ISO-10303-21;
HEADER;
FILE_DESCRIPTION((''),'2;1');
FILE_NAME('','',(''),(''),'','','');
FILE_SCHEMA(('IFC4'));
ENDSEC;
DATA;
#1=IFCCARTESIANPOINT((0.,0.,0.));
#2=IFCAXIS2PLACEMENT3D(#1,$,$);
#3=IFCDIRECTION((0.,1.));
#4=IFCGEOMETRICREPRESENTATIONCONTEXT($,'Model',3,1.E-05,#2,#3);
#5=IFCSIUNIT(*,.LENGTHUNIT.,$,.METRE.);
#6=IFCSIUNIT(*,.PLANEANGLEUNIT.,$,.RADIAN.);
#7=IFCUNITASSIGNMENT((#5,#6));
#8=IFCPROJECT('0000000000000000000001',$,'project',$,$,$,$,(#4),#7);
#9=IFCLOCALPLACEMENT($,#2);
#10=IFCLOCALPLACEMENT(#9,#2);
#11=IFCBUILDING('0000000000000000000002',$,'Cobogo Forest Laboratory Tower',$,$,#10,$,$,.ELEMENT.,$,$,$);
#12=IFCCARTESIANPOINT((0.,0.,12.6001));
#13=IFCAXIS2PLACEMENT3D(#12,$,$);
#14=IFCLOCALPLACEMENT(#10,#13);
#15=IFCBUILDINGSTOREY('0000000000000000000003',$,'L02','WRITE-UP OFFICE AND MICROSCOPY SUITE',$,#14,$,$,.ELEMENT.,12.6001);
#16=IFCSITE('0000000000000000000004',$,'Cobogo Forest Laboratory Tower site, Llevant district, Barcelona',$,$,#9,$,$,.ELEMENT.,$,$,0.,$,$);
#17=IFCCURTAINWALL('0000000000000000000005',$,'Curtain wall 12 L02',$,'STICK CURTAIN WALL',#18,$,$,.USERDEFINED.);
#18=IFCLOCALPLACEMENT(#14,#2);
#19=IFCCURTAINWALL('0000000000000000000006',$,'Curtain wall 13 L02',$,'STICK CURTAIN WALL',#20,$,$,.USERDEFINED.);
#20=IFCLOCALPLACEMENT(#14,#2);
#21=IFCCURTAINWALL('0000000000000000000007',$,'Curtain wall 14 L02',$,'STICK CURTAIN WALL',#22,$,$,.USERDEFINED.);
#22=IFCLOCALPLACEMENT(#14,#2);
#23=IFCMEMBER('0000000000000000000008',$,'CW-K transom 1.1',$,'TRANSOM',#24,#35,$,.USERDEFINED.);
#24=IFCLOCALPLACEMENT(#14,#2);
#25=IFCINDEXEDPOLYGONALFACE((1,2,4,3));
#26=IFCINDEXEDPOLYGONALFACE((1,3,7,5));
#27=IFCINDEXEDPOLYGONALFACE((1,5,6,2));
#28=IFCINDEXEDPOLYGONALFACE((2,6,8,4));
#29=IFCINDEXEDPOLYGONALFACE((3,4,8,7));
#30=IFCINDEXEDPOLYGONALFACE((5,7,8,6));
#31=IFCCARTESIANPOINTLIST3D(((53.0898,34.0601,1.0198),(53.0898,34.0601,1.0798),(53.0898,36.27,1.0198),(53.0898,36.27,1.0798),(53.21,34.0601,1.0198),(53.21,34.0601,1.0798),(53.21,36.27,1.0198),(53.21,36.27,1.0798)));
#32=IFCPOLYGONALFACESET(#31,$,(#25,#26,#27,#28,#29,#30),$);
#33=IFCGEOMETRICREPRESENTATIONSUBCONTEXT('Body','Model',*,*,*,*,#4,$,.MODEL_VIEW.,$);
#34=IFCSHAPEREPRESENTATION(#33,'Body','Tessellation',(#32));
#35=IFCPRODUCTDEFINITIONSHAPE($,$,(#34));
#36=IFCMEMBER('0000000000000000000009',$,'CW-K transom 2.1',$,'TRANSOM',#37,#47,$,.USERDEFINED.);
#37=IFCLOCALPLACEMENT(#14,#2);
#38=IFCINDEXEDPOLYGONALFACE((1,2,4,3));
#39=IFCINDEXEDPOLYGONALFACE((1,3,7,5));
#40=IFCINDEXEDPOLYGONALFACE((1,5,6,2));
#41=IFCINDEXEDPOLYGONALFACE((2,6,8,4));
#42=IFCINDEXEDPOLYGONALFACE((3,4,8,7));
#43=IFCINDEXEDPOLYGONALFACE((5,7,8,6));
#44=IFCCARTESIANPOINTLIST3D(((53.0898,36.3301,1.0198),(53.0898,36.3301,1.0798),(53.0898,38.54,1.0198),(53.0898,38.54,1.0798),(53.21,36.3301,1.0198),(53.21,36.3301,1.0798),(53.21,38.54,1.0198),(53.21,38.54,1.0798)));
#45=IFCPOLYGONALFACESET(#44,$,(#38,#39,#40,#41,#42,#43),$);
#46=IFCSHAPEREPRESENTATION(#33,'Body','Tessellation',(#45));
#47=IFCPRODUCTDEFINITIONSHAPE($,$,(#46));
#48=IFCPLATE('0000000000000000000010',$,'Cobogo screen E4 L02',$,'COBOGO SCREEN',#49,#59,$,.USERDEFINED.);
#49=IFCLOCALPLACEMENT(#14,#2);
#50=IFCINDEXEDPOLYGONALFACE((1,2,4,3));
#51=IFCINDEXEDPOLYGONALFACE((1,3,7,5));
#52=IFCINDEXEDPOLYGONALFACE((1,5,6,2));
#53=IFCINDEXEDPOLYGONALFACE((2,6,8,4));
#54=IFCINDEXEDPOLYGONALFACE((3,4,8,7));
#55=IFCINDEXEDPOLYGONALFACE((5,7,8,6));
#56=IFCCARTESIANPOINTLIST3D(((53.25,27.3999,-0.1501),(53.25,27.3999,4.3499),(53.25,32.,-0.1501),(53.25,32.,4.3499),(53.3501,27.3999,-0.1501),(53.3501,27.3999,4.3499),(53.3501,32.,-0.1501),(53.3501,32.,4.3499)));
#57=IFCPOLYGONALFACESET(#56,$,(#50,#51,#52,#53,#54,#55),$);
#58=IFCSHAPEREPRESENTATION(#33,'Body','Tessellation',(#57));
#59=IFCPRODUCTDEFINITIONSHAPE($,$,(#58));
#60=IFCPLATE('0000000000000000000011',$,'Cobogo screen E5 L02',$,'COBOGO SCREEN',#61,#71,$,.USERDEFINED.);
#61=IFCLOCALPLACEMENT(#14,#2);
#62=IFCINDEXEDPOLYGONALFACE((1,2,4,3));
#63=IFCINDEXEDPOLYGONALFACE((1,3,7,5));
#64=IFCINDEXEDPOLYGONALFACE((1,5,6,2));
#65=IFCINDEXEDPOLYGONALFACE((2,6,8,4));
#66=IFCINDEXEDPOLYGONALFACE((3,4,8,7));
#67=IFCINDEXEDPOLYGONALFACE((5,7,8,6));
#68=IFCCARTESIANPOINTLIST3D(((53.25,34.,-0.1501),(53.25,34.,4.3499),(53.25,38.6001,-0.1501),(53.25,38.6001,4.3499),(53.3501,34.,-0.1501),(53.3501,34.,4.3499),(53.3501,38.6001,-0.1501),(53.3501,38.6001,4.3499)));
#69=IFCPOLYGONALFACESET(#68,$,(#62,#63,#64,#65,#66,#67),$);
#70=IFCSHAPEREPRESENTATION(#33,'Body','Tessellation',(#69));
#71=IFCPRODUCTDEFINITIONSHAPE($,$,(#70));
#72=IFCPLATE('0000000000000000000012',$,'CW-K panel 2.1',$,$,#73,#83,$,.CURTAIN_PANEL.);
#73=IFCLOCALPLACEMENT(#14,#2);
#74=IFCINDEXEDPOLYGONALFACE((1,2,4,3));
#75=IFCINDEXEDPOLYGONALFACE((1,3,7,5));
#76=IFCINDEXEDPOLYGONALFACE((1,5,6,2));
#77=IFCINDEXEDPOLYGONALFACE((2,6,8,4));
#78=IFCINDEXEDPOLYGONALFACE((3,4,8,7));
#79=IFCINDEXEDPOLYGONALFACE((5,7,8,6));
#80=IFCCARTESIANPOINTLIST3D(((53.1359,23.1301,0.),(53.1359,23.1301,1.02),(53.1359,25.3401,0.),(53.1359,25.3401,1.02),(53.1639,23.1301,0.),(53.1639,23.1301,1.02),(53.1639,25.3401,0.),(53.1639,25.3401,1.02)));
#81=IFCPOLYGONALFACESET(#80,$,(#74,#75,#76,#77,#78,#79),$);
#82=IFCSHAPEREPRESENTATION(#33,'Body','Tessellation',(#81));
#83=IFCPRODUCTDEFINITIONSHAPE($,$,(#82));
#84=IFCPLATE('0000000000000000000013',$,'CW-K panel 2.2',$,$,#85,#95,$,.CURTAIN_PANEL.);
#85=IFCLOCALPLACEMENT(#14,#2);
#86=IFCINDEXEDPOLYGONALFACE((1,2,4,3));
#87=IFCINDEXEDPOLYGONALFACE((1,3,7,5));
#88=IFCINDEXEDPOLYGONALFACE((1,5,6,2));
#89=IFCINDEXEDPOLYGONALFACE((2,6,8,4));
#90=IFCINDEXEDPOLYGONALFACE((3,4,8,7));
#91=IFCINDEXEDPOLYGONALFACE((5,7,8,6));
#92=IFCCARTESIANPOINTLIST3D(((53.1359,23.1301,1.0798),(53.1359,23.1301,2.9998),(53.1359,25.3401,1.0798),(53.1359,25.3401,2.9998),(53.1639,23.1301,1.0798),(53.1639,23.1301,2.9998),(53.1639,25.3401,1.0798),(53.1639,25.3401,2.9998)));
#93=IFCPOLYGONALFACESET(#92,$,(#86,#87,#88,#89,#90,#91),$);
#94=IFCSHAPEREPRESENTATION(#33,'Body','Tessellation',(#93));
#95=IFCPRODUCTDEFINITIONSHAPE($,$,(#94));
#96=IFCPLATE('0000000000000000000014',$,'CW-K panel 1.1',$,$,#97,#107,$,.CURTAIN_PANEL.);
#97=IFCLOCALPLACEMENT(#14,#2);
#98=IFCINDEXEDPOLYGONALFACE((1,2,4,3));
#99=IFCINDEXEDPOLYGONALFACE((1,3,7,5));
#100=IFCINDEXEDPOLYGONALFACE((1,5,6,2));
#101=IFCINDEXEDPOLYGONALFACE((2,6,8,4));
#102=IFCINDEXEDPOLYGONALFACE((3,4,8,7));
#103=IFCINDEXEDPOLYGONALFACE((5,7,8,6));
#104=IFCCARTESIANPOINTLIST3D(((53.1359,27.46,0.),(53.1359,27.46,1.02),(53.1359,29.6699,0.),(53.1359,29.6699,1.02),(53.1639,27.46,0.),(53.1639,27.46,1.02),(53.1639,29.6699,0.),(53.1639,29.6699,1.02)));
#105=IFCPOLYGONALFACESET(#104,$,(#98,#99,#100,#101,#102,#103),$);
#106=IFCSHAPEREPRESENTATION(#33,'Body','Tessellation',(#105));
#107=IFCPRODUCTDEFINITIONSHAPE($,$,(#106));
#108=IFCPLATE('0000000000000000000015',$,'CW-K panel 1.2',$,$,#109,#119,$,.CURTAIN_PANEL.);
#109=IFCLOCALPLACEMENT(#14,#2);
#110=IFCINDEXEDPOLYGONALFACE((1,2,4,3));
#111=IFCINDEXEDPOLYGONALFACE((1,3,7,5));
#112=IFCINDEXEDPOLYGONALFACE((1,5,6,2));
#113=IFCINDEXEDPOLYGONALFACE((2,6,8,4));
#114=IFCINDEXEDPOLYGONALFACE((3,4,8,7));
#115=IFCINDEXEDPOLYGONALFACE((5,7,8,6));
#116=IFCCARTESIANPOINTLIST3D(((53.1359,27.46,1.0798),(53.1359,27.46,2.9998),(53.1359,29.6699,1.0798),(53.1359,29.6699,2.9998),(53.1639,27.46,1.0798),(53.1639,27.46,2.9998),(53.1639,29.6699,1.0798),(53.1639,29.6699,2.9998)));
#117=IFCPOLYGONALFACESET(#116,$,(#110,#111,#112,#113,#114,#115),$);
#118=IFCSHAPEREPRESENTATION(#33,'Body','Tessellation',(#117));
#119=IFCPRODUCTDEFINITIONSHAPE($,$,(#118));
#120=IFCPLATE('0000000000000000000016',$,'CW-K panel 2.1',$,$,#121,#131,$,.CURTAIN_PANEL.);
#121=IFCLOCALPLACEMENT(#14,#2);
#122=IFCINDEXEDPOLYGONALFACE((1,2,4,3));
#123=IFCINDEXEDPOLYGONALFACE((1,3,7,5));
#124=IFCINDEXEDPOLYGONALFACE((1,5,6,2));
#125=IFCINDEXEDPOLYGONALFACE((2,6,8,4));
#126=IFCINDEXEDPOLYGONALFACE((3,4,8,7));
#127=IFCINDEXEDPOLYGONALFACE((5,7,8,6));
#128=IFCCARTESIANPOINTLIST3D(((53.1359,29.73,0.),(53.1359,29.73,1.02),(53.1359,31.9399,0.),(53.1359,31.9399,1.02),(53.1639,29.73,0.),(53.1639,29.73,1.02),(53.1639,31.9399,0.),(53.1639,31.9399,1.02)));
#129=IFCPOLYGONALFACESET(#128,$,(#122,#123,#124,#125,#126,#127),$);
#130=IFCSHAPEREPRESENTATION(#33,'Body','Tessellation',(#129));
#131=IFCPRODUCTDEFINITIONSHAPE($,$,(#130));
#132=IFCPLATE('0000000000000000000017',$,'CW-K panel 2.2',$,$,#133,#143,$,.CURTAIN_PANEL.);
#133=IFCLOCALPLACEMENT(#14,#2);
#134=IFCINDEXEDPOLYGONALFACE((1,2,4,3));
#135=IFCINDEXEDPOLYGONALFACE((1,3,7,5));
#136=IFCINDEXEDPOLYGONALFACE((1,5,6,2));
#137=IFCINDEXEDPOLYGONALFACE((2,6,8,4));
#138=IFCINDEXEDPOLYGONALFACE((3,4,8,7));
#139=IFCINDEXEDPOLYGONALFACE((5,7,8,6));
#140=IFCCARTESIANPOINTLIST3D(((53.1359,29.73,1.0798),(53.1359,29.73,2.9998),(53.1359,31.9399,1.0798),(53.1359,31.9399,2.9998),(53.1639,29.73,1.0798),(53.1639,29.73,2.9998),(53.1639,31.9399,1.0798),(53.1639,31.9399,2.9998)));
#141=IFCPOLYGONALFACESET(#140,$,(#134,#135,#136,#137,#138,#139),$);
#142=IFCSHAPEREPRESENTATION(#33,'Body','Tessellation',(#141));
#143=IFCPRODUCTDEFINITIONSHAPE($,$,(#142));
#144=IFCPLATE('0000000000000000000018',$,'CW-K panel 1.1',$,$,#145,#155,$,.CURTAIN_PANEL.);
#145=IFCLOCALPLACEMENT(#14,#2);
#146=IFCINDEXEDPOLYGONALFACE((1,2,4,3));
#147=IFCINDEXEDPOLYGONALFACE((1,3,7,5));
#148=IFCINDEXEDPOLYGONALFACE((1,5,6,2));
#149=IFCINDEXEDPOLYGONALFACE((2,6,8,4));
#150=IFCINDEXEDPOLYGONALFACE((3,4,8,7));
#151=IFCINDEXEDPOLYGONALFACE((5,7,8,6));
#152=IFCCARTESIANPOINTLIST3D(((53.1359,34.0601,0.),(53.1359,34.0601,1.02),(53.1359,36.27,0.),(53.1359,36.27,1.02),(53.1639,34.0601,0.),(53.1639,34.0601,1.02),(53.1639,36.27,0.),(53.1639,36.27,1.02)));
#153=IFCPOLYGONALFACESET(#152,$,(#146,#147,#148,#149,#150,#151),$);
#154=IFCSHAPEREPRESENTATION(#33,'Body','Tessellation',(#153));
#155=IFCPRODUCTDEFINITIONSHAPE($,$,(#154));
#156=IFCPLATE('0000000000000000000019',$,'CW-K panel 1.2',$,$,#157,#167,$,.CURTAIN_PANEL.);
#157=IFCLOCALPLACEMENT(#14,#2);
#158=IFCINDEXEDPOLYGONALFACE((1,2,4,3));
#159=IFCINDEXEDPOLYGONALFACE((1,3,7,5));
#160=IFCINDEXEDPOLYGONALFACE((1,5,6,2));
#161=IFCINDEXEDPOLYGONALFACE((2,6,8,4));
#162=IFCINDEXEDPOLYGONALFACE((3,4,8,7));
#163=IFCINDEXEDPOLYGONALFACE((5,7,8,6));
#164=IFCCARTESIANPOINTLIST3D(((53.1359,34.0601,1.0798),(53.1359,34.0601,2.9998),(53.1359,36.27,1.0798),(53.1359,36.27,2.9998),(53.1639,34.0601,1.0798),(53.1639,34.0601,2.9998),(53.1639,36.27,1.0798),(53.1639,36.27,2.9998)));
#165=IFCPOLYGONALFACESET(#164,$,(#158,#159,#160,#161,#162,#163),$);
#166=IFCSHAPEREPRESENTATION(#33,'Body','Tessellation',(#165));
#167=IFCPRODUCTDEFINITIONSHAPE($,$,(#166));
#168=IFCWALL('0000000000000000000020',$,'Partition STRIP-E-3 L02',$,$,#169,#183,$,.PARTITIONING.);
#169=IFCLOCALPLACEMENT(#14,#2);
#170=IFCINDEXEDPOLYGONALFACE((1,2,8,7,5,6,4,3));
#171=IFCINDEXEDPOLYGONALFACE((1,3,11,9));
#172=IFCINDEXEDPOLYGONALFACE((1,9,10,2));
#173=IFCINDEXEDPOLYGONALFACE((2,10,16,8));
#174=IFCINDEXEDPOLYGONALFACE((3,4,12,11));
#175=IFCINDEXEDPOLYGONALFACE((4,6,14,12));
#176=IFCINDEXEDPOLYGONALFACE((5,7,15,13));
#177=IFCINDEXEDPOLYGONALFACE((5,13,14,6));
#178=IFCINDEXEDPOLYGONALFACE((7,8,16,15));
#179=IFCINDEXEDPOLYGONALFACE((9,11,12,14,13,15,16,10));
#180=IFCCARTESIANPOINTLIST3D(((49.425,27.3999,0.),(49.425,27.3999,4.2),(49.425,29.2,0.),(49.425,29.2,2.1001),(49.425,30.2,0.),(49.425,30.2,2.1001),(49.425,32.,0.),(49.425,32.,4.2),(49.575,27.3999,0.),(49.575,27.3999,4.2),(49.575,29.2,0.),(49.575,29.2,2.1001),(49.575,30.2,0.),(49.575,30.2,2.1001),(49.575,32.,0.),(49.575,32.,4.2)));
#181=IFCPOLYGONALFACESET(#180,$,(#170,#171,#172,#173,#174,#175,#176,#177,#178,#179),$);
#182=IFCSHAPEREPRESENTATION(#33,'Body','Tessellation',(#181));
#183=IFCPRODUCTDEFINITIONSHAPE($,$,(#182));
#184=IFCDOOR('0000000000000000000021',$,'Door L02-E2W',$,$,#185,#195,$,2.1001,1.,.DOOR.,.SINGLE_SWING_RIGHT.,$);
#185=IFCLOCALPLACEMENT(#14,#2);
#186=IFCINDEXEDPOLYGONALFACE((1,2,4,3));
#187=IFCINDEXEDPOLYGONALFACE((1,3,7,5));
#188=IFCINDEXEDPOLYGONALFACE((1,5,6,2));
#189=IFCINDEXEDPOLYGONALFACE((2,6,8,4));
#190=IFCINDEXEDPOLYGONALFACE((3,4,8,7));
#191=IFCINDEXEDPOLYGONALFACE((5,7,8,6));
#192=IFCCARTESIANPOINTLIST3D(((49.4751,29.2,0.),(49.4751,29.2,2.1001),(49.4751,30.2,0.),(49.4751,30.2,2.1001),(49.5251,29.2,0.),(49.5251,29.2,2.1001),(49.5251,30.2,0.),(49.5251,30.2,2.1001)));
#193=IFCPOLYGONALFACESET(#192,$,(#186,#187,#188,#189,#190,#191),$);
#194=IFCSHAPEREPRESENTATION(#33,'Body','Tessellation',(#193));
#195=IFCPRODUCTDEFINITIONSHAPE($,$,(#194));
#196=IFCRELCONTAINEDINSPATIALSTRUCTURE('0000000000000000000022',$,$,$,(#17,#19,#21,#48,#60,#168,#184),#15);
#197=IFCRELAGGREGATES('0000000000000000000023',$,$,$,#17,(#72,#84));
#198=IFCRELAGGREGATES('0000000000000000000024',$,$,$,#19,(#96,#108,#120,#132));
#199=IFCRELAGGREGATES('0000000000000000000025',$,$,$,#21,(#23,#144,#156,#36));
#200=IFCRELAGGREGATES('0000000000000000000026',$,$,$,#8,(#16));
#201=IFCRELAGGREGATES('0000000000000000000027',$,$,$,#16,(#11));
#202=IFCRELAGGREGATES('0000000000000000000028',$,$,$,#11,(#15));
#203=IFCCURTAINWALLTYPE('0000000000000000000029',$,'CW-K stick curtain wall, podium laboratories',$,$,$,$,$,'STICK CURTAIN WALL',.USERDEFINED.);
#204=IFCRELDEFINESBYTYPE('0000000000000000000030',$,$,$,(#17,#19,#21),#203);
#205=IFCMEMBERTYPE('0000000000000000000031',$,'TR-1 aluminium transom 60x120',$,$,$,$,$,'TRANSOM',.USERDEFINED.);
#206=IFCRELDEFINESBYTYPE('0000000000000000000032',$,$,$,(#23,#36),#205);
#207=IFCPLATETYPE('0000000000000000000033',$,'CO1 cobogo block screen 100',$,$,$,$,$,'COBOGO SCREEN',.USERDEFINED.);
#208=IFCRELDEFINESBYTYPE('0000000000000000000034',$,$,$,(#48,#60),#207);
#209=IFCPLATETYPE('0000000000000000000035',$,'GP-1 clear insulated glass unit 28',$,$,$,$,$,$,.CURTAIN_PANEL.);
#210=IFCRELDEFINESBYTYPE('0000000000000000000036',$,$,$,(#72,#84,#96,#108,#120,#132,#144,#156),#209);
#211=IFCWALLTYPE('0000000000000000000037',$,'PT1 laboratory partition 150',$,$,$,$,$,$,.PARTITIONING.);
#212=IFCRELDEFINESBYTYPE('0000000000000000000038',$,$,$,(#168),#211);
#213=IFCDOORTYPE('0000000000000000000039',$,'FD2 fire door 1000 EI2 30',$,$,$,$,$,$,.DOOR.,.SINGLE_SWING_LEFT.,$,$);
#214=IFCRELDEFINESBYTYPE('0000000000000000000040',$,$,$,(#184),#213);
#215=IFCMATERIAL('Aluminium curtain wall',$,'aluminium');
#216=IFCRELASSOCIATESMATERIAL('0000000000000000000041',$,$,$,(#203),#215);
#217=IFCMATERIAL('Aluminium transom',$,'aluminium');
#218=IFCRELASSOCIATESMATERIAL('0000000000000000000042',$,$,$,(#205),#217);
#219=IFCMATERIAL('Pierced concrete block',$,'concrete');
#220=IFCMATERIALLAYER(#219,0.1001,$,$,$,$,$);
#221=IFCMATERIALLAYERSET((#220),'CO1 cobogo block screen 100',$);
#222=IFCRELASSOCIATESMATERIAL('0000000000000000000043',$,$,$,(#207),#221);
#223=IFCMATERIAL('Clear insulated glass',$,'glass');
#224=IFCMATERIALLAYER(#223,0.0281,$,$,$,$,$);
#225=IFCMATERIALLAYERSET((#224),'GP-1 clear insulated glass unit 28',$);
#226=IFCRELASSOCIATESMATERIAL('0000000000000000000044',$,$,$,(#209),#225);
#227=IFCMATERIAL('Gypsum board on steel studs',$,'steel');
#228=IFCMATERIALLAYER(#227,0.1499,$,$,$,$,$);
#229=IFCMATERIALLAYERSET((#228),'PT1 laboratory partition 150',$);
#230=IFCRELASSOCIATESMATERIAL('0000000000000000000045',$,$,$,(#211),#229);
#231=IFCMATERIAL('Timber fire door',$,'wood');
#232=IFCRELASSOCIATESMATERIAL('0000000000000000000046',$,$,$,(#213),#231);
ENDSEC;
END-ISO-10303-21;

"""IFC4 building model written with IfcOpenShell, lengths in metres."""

from ifc_helpers import new_model, si_unit, direction, frame, frame_2d, origin, origin_2d, place, context, subcontext, project, spatial, rectangle, extrude, material, layer, layer_set, material_profile, profile_set, type_object, element, fill, aggregate, save


model = new_model("IFC4")

# Units and contexts
model_context = context("Model", 3, precision=1e-05, world=origin(), true_north=direction((0.0, 1.0)))
body_context = subcontext(model_context, "Body", "Model", "MODEL_VIEW")
ifc_project = project(units=[si_unit("LENGTHUNIT", "METRE"), si_unit("PLANEANGLEUNIT", "RADIAN")], contexts=[model_context])

# Site, building, storey
site_placement = place(None, origin())
site = spatial("IfcSite", under=ifc_project, at=site_placement, Name="Cobogo Forest Laboratory Tower site, Llevant district, Barcelona", CompositionType="ELEMENT", RefElevation=0.0)
building_placement = place(site_placement, origin())
building = spatial("IfcBuilding", under=site, at=building_placement, Name="Cobogo Forest Laboratory Tower", CompositionType="ELEMENT")
storey_placement = place(building_placement, frame((0.0, 0.0, 12.6001)))
storey = spatial("IfcBuildingStorey", under=building, at=storey_placement, Name="L02", Description="WRITE-UP OFFICE AND MICROSCOPY SUITE", CompositionType="ELEMENT", Elevation=12.6001)

# Curtain wall
ifc_material_1 = material(Name="Aluminium curtain wall", Category="aluminium")
curtain_wall_type = type_object("IfcCurtainWallType", Name="CW-K stick curtain wall, podium laboratories", ElementType="STICK CURTAIN WALL", PredefinedType="USERDEFINED", material=ifc_material_1)
curtain_wall_1_placement = place(storey_placement, origin())
curtain_wall_1 = element("IfcCurtainWall", 1, at=curtain_wall_1_placement, inside=storey, type_object=curtain_wall_type, Name="Curtain wall 12 L02", ObjectType="STICK CURTAIN WALL", PredefinedType="USERDEFINED")

# Curtain walls
curtain_wall_2_placement = place(storey_placement, origin())
curtain_wall_2 = element("IfcCurtainWall", 2, at=curtain_wall_2_placement, inside=storey, type_object=curtain_wall_type, Name="Curtain wall 13 L02", ObjectType="STICK CURTAIN WALL", PredefinedType="USERDEFINED")
curtain_wall_3_placement = place(storey_placement, origin())
curtain_wall_3 = element("IfcCurtainWall", 3, at=curtain_wall_3_placement, inside=storey, type_object=curtain_wall_type, Name="Curtain wall 14 L02", ObjectType="STICK CURTAIN WALL", PredefinedType="USERDEFINED")

# Members
ifc_material_2 = material(Name="Aluminium transom", Category="aluminium")
ifc_material_profile_1 = material_profile(ifc_material_2, rectangle(XDim=0.1201, YDim=0.0601, at=origin_2d()), Name="AL 60x120")
ifc_profile_set_1 = profile_set([ifc_material_profile_1], Name="Aluminium transom")
member_type_1 = type_object("IfcMemberType", Name="TR-1 aluminium transom 60x120", ElementType="TRANSOM", PredefinedType="USERDEFINED", material=ifc_profile_set_1)
member_1_placement = place(storey_placement, frame((53.1499, 34.0601, 1.0498), z_axis=(0.0, 1.0, 0.0), x_axis=(-1.0, 0.0, 0.0)))
member_1 = element("IfcMember", 4, at=member_1_placement, type_object=member_type_1, Name="CW-K transom 1.1", ObjectType="TRANSOM", PredefinedType="USERDEFINED", context=body_context, shape_type="SweptSolid", body=[
    extrude(rectangle(XDim=0.1201, YDim=0.0601, at=origin_2d()), origin(), (0.0, 0.0, 1.0), 2.21),
])
member_2_placement = place(storey_placement, frame((53.1499, 36.3301, 1.0498), z_axis=(0.0, 1.0, 0.0), x_axis=(-1.0, 0.0, 0.0)))
member_2 = element("IfcMember", 5, at=member_2_placement, type_object=member_type_1, Name="CW-K transom 2.1", ObjectType="TRANSOM", PredefinedType="USERDEFINED", context=body_context, shape_type="SweptSolid", body=[
    extrude(rectangle(XDim=0.1201, YDim=0.0601, at=origin_2d()), origin(), (0.0, 0.0, 1.0), 2.21),
])

# Plates
ifc_material_3 = material(Name="Pierced concrete block", Category="concrete")
ifc_layer_1 = layer(ifc_material_3, 0.1001)
ifc_layer_set_1 = layer_set([ifc_layer_1], Name="CO1 cobogo block screen 100")
plate_type_1 = type_object("IfcPlateType", Name="CO1 cobogo block screen 100", ElementType="COBOGO SCREEN", PredefinedType="USERDEFINED", material=ifc_layer_set_1)
for number, where, z_axis, x_axis, name in (
    (6, (53.3, 29.7, -0.1501), (0.0, 0.0, 1.0), (0.0, 1.0, 0.0), "Cobogo screen E4 L02"),
    (7, (53.3, 36.3, -0.1501), (0.0, 0.0, 1.0), (0.0, 1.0, 0.0), "Cobogo screen E5 L02"),
):
    element("IfcPlate", number, at=place(storey_placement, frame(where, z_axis=z_axis, x_axis=x_axis)), inside=storey, type_object=plate_type_1, Name=name, ObjectType="COBOGO SCREEN", PredefinedType="USERDEFINED", context=body_context, shape_type="SweptSolid", body=[
        extrude(rectangle(XDim=4.6001, YDim=0.1001, at=origin_2d()), origin(), (0.0, 0.0, 1.0), 4.5),
    ])

# Plates
ifc_material_4 = material(Name="Clear insulated glass", Category="glass")
ifc_layer_2 = layer(ifc_material_4, 0.0281)
ifc_layer_set_2 = layer_set([ifc_layer_2], Name="GP-1 clear insulated glass unit 28")
plate_type_2 = type_object("IfcPlateType", Name="GP-1 clear insulated glass unit 28", PredefinedType="CURTAIN_PANEL", material=ifc_layer_set_2)
plate_1_placement = place(storey_placement, frame((53.1499, 24.2351, 0.0), z_axis=(0.0, 0.0, 1.0), x_axis=(0.0, 1.0, 0.0)))
plate_1 = element("IfcPlate", 8, at=plate_1_placement, type_object=plate_type_2, Name="CW-K panel 2.1", PredefinedType="CURTAIN_PANEL", context=body_context, shape_type="SweptSolid", body=[
    extrude(rectangle(XDim=2.21, YDim=0.0281, at=origin_2d()), origin(), (0.0, 0.0, 1.0), 1.02),
])
plate_2_placement = place(storey_placement, frame((53.1499, 24.2351, 1.0798), z_axis=(0.0, 0.0, 1.0), x_axis=(0.0, 1.0, 0.0)))
plate_2 = element("IfcPlate", 9, at=plate_2_placement, type_object=plate_type_2, Name="CW-K panel 2.2", PredefinedType="CURTAIN_PANEL", context=body_context, shape_type="SweptSolid", body=[
    extrude(rectangle(XDim=2.21, YDim=0.0281, at=origin_2d()), origin(), (0.0, 0.0, 1.0), 1.9199),
])
aggregate(curtain_wall_1, [plate_1, plate_2])
plate_3_placement = place(storey_placement, frame((53.1499, 28.5649, 0.0), z_axis=(0.0, 0.0, 1.0), x_axis=(0.0, 1.0, 0.0)))
plate_3 = element("IfcPlate", 10, at=plate_3_placement, type_object=plate_type_2, Name="CW-K panel 1.1", PredefinedType="CURTAIN_PANEL", context=body_context, shape_type="SweptSolid", body=[
    extrude(rectangle(XDim=2.21, YDim=0.0281, at=origin_2d()), origin(), (0.0, 0.0, 1.0), 1.02),
])
plate_4_placement = place(storey_placement, frame((53.1499, 28.5649, 1.0798), z_axis=(0.0, 0.0, 1.0), x_axis=(0.0, 1.0, 0.0)))
plate_4 = element("IfcPlate", 11, at=plate_4_placement, type_object=plate_type_2, Name="CW-K panel 1.2", PredefinedType="CURTAIN_PANEL", context=body_context, shape_type="SweptSolid", body=[
    extrude(rectangle(XDim=2.21, YDim=0.0281, at=origin_2d()), origin(), (0.0, 0.0, 1.0), 1.9199),
])
plate_5_placement = place(storey_placement, frame((53.1499, 30.835, 0.0), z_axis=(0.0, 0.0, 1.0), x_axis=(0.0, 1.0, 0.0)))
plate_5 = element("IfcPlate", 12, at=plate_5_placement, type_object=plate_type_2, Name="CW-K panel 2.1", PredefinedType="CURTAIN_PANEL", context=body_context, shape_type="SweptSolid", body=[
    extrude(rectangle(XDim=2.21, YDim=0.0281, at=origin_2d()), origin(), (0.0, 0.0, 1.0), 1.02),
])
plate_6_placement = place(storey_placement, frame((53.1499, 30.835, 1.0798), z_axis=(0.0, 0.0, 1.0), x_axis=(0.0, 1.0, 0.0)))
plate_6 = element("IfcPlate", 13, at=plate_6_placement, type_object=plate_type_2, Name="CW-K panel 2.2", PredefinedType="CURTAIN_PANEL", context=body_context, shape_type="SweptSolid", body=[
    extrude(rectangle(XDim=2.21, YDim=0.0281, at=origin_2d()), origin(), (0.0, 0.0, 1.0), 1.9199),
])
aggregate(curtain_wall_2, [plate_3, plate_4, plate_5, plate_6])
plate_7_placement = place(storey_placement, frame((53.1499, 35.165, 0.0), z_axis=(0.0, 0.0, 1.0), x_axis=(0.0, 1.0, 0.0)))
plate_7 = element("IfcPlate", 14, at=plate_7_placement, type_object=plate_type_2, Name="CW-K panel 1.1", PredefinedType="CURTAIN_PANEL", context=body_context, shape_type="SweptSolid", body=[
    extrude(rectangle(XDim=2.21, YDim=0.0281, at=origin_2d()), origin(), (0.0, 0.0, 1.0), 1.02),
])
plate_8_placement = place(storey_placement, frame((53.1499, 35.165, 1.0798), z_axis=(0.0, 0.0, 1.0), x_axis=(0.0, 1.0, 0.0)))
plate_8 = element("IfcPlate", 15, at=plate_8_placement, type_object=plate_type_2, Name="CW-K panel 1.2", PredefinedType="CURTAIN_PANEL", context=body_context, shape_type="SweptSolid", body=[
    extrude(rectangle(XDim=2.21, YDim=0.0281, at=origin_2d()), origin(), (0.0, 0.0, 1.0), 1.9199),
])
aggregate(curtain_wall_3, [member_1, plate_7, plate_8, member_2])

# Wall, opening, door
ifc_material_5 = material(Name="Gypsum board on steel studs", Category="steel")
ifc_layer_3 = layer(ifc_material_5, 0.1499)
ifc_layer_set_3 = layer_set([ifc_layer_3], Name="PT1 laboratory partition 150")
wall_type = type_object("IfcWallType", Name="PT1 laboratory partition 150", PredefinedType="PARTITIONING", material=ifc_layer_set_3)
wall_1_placement = place(storey_placement, frame((49.5, 27.3999, 0.0), z_axis=(0.0, 0.0, 1.0), x_axis=(0.0, 1.0, 0.0)))
wall_1 = element("IfcWall", 16, at=wall_1_placement, inside=storey, type_object=wall_type, Name="Partition STRIP-E-3 L02", PredefinedType="PARTITIONING", context=body_context, shape_type="SweptSolid", body=[
    extrude(rectangle(XDim=4.6001, YDim=0.1499, at=frame_2d((2.3, 0.0))), origin(), (0.0, 0.0, 1.0), 4.2),
])
opening_1_placement = place(wall_1_placement, frame((1.8, 0.0, 0.0)))
opening_1 = element("IfcOpeningElement", 17, at=opening_1_placement, cuts=wall_1, PredefinedType="OPENING", context=body_context, shape_type="SweptSolid", body=[
    extrude(rectangle(XDim=1.0, YDim=2.1001, at=frame_2d((0.5, 1.05))), frame((0.0, 0.085, 0.0), z_axis=(0.0, -1.0, 0.0), x_axis=(1.0, 0.0, 0.0)), (0.0, 0.0, 1.0), 0.1699),
])
ifc_material_6 = material(Name="Timber fire door", Category="wood")
door_type = type_object("IfcDoorType", Name="FD2 fire door 1000 EI2 30", OperationType="SINGLE_SWING_LEFT", PredefinedType="DOOR", material=ifc_material_6)
door_1_placement = place(opening_1_placement, origin())
door_1 = element("IfcDoor", 18, at=door_1_placement, inside=storey, type_object=door_type, Name="Door L02-E2W", OperationType="SINGLE_SWING_RIGHT", OverallHeight=2.1001, OverallWidth=1.0, PredefinedType="DOOR", context=body_context, shape_type="SweptSolid", body=[
    extrude(rectangle(XDim=1.0, YDim=2.1001, at=frame_2d((0.5, 1.05))), frame((0.0, 0.0249, 0.0), z_axis=(0.0, -1.0, 0.0), x_axis=(1.0, 0.0, 0.0)), (0.0, 0.0, 1.0), 0.05),
])
fill(opening_1, door_1)

save(model, "model.ifc")
